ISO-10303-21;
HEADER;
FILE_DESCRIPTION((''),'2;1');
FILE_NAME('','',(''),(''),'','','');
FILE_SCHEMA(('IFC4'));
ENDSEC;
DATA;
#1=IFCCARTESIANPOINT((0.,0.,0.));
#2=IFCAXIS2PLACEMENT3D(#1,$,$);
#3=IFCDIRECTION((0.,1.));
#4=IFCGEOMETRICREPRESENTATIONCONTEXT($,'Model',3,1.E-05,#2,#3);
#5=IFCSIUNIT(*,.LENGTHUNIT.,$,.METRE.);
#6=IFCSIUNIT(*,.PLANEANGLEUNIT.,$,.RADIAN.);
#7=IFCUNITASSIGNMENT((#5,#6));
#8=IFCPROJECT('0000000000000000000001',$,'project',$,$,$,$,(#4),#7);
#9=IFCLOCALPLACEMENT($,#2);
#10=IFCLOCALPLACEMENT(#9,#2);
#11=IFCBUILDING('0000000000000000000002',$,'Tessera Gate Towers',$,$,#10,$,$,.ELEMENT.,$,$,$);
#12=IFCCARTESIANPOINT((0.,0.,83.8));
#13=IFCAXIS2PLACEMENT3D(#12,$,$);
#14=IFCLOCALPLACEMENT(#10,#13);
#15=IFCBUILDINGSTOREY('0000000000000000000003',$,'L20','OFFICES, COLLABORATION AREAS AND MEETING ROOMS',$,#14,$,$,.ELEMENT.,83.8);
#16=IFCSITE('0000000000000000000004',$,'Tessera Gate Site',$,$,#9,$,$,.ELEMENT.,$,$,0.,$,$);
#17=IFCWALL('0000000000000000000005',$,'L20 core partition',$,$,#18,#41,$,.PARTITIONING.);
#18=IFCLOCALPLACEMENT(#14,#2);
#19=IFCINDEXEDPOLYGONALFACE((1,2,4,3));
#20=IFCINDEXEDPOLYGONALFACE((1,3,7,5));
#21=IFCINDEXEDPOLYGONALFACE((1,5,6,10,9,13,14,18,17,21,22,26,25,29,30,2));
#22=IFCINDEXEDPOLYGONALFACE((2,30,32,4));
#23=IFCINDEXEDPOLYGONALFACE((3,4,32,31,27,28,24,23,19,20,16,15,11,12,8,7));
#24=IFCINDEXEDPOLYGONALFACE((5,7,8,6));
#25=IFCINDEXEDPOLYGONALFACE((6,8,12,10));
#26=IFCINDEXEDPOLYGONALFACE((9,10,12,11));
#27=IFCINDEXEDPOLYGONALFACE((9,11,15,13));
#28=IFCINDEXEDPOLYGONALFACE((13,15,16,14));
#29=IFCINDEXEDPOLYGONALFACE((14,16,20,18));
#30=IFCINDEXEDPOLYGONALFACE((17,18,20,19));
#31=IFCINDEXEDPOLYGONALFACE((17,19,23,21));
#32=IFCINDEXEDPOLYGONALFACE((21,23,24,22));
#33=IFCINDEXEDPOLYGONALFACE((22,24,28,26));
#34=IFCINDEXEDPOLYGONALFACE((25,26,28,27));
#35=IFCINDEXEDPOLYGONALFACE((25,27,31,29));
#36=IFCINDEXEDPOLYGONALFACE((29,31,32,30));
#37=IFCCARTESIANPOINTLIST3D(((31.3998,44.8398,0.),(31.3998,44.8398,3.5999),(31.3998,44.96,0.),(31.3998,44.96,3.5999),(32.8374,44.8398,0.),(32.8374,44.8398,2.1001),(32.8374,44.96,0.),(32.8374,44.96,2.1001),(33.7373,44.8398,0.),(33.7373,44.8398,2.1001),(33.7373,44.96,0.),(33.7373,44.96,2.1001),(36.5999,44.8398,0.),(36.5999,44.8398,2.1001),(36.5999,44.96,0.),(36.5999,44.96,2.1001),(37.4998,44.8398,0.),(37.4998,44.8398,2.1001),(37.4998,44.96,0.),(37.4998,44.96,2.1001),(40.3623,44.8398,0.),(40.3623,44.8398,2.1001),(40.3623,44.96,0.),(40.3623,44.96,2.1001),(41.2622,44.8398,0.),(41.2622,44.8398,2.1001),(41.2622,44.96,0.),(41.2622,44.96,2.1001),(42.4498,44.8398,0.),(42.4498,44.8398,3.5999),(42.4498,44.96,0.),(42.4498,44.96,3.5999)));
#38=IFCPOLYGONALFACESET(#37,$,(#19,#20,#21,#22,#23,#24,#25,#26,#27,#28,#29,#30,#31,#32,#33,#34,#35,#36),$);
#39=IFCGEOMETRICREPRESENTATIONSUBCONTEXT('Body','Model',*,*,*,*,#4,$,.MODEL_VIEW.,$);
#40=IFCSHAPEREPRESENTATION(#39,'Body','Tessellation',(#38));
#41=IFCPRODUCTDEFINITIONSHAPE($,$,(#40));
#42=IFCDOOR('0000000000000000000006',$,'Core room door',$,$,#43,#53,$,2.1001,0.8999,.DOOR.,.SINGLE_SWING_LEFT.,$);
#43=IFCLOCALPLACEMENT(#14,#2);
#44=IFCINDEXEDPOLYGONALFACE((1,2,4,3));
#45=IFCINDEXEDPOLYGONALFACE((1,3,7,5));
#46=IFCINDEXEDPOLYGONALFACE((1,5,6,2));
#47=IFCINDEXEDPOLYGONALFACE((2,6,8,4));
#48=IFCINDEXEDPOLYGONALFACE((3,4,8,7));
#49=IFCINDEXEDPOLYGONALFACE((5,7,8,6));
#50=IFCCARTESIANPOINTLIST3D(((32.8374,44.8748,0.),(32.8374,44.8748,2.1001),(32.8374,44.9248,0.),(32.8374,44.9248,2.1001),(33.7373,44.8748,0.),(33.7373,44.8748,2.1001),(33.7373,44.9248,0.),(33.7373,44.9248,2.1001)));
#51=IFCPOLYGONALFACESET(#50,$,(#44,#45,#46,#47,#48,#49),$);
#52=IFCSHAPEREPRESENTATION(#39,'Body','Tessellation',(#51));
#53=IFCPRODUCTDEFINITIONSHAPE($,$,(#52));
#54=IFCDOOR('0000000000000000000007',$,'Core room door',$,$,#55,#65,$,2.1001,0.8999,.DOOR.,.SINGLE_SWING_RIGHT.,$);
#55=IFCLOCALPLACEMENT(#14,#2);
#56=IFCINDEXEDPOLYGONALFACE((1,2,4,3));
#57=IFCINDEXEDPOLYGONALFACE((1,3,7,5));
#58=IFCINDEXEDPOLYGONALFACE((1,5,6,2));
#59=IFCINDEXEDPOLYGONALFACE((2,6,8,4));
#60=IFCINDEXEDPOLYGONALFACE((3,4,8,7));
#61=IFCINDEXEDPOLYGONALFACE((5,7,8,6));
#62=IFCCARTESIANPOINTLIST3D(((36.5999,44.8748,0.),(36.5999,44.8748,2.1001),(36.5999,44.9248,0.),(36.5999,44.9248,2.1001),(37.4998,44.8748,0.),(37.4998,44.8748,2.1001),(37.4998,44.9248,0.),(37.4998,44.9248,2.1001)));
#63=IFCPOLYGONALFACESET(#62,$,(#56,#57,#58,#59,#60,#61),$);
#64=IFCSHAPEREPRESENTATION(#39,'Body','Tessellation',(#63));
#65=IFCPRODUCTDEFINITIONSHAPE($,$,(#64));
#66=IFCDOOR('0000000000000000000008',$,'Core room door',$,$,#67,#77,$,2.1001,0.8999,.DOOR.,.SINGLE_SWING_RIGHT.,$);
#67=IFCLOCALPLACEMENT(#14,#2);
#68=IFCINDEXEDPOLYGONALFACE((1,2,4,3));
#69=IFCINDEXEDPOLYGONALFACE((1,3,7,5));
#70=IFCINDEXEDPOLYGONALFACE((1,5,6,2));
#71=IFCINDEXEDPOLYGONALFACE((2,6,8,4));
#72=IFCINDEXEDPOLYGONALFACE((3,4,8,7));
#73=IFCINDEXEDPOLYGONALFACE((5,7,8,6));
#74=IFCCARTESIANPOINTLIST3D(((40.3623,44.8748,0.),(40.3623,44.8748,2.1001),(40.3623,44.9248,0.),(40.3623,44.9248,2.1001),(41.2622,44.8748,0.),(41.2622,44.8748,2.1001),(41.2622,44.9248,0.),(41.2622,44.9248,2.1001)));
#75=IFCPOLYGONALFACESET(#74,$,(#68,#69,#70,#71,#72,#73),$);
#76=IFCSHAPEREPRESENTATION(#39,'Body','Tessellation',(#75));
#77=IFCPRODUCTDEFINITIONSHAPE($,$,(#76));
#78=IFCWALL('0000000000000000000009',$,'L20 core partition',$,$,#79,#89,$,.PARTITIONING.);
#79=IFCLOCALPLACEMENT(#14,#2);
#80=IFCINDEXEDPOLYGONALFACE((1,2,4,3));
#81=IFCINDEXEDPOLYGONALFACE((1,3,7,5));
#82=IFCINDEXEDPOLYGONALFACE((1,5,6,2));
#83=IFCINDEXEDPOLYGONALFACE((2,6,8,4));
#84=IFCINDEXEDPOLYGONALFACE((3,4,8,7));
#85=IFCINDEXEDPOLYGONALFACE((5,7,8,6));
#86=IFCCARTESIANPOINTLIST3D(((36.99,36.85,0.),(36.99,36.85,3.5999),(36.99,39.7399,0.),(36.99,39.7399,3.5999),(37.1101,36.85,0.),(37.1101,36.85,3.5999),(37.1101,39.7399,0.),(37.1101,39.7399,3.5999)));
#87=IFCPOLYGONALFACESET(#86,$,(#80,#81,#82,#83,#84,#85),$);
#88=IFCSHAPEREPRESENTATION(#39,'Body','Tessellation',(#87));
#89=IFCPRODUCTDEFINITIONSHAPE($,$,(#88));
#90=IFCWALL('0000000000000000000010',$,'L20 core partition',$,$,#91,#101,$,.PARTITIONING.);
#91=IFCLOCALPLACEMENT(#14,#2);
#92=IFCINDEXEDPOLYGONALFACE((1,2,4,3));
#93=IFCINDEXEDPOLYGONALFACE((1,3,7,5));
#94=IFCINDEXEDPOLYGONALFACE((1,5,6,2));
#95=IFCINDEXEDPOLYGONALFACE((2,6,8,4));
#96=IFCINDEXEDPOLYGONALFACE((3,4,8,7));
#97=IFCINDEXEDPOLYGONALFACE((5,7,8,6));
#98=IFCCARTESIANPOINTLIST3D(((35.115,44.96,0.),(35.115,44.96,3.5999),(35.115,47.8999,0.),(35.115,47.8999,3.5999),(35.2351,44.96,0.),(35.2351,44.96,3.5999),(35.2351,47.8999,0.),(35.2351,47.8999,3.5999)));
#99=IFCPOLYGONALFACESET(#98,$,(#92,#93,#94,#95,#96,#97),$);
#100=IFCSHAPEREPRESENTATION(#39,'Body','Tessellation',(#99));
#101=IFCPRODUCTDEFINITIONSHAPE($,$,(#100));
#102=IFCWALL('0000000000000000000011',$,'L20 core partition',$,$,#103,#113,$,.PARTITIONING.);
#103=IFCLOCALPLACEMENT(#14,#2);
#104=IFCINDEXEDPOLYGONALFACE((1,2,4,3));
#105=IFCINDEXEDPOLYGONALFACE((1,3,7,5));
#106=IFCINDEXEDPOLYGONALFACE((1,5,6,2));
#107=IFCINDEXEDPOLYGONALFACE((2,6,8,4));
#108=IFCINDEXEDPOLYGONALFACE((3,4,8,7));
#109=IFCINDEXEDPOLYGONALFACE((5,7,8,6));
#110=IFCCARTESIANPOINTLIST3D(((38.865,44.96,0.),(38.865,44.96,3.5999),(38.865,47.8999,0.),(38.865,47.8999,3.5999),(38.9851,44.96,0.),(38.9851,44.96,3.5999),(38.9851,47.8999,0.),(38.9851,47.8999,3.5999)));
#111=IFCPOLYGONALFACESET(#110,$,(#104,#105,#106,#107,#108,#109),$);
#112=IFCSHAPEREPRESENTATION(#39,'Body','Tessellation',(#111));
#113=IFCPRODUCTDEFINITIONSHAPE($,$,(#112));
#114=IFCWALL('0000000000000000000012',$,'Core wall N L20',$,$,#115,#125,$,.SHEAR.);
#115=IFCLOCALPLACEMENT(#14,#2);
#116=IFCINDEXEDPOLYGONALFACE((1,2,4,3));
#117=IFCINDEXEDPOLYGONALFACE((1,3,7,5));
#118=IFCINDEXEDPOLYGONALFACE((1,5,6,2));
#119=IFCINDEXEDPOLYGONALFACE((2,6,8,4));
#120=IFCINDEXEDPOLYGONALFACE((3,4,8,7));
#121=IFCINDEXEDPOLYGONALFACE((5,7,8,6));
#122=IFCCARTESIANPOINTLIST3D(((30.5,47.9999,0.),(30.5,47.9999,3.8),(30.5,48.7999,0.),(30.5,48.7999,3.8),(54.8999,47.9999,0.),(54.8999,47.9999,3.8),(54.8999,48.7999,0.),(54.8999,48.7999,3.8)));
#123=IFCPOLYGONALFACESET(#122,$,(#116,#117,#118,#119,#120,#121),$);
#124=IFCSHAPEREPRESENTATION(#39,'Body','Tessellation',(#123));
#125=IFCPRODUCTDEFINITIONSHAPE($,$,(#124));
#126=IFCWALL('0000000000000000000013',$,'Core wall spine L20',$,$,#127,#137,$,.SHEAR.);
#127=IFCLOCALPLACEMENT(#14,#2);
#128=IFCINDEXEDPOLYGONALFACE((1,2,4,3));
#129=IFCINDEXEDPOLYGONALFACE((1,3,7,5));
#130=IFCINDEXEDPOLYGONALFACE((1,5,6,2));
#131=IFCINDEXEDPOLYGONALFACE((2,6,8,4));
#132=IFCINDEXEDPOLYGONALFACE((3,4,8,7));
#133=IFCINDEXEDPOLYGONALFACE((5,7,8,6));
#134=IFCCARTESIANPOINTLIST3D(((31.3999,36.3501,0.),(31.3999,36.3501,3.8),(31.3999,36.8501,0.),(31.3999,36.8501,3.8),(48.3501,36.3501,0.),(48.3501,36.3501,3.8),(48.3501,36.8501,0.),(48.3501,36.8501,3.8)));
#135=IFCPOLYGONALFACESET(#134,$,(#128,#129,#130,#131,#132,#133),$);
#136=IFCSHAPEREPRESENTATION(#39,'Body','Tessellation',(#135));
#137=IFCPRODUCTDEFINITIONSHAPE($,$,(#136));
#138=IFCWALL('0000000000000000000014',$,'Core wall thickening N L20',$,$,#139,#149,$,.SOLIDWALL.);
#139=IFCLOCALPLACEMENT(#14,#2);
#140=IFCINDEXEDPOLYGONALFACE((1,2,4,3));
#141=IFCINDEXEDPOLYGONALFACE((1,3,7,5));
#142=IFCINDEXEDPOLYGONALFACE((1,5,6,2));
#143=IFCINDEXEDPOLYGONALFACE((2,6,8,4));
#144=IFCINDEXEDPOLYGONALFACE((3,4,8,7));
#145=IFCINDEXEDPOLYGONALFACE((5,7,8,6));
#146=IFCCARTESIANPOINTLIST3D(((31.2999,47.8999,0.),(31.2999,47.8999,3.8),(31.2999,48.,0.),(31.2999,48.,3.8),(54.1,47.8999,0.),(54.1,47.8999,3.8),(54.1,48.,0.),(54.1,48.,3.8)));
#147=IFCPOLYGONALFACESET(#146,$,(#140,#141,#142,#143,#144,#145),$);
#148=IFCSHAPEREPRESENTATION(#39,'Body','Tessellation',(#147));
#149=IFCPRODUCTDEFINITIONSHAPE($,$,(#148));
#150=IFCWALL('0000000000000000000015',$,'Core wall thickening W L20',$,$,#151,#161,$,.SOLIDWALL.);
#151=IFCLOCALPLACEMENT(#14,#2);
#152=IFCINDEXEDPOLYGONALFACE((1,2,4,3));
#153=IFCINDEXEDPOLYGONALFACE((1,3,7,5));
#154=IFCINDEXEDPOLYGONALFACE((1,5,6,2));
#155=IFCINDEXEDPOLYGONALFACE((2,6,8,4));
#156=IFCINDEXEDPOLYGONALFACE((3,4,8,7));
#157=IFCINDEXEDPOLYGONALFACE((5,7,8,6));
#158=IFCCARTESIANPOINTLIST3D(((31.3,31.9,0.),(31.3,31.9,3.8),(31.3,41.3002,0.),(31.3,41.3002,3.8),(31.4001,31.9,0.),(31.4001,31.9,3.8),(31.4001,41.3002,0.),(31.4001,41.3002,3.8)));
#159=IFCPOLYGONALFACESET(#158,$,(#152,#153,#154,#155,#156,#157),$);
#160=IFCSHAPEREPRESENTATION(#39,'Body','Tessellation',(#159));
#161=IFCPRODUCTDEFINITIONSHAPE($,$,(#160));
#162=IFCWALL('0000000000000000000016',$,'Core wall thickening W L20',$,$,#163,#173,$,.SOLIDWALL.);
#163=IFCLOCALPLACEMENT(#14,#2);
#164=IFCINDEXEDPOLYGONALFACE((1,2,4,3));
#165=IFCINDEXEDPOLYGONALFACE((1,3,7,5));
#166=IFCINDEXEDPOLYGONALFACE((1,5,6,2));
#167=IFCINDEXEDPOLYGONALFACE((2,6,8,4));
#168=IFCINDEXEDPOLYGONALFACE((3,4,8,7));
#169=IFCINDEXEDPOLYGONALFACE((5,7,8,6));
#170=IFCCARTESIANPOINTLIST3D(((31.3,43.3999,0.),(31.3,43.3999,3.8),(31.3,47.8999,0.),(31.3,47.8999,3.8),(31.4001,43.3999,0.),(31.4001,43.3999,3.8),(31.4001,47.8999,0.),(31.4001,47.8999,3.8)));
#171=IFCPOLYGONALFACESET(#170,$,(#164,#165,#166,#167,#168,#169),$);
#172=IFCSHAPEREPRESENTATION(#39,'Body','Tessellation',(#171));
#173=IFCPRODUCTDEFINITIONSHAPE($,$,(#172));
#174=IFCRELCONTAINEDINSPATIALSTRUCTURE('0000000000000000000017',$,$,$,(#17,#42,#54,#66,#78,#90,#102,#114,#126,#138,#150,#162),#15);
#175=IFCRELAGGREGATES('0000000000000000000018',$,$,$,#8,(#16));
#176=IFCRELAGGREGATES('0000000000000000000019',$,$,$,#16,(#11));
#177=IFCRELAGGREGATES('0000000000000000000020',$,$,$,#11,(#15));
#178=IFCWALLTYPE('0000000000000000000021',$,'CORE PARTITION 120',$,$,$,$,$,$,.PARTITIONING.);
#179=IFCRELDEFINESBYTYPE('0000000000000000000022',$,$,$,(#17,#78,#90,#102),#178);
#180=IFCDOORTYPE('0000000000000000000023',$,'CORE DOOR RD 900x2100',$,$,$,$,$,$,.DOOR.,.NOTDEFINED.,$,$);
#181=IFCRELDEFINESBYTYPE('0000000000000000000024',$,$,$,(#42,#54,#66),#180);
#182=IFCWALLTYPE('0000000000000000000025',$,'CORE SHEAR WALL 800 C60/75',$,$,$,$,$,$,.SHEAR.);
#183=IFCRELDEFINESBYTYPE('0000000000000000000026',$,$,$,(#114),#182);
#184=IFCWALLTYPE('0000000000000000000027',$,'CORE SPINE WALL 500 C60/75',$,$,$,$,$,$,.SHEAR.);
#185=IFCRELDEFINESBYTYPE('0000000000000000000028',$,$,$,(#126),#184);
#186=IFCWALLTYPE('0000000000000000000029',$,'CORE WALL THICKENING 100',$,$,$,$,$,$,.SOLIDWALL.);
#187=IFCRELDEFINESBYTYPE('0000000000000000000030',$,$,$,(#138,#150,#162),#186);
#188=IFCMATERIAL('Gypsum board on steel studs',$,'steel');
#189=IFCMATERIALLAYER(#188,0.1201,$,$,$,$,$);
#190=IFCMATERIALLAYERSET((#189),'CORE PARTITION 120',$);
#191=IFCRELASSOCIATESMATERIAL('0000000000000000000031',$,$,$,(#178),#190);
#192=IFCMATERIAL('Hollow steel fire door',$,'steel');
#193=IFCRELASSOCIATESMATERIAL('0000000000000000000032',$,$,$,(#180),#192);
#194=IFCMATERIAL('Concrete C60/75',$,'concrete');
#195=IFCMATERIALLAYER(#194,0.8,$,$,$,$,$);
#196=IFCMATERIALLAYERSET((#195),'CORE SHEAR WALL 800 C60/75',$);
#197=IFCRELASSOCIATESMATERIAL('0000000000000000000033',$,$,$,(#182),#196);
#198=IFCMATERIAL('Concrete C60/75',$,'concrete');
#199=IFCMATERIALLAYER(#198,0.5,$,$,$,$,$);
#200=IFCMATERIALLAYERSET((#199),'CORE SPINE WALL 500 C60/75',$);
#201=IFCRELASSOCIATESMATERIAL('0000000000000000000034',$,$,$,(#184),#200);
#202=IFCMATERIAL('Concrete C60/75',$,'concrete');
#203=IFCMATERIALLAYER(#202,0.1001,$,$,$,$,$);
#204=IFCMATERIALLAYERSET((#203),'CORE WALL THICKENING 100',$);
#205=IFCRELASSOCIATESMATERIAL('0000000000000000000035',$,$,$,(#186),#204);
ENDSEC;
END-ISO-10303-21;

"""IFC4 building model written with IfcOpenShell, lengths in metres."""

from ifc_helpers import new_model, si_unit, direction, frame, frame_2d, origin, place, context, subcontext, project, spatial, rectangle, extrude, source, transform, mapped, material, layer, layer_set, type_object, element, fill, save


model = new_model("IFC4")

# Units and contexts
model_context = context("Model", 3, precision=1e-05, world=origin(), true_north=direction((0.0, 1.0)))
body_context = subcontext(model_context, "Body", "Model", "MODEL_VIEW")
ifc_project = project(units=[si_unit("LENGTHUNIT", "METRE"), si_unit("PLANEANGLEUNIT", "RADIAN")], contexts=[model_context])

# Site, building, storey
site_placement = place(None, origin())
site = spatial("IfcSite", under=ifc_project, at=site_placement, Name="Tessera Gate Site", CompositionType="ELEMENT", RefElevation=0.0)
building_placement = place(site_placement, origin())
building = spatial("IfcBuilding", under=site, at=building_placement, Name="Tessera Gate Towers", CompositionType="ELEMENT")
storey_placement = place(building_placement, frame((0.0, 0.0, 83.8)))
storey = spatial("IfcBuildingStorey", under=building, at=storey_placement, Name="L20", Description="OFFICES, COLLABORATION AREAS AND MEETING ROOMS", CompositionType="ELEMENT", Elevation=83.8)

# Wall, openings, doors
ifc_material_1 = material(Name="Gypsum board on steel studs", Category="steel")
ifc_layer_1 = layer(ifc_material_1, 0.1201)
ifc_layer_set_1 = layer_set([ifc_layer_1], Name="CORE PARTITION 120")
wall_type_1 = type_object("IfcWallType", Name="CORE PARTITION 120", PredefinedType="PARTITIONING", material=ifc_layer_set_1)
wall_1_placement = place(storey_placement, frame((31.3999, 44.8999, 0.0), z_axis=(0.0, 0.0, 1.0), x_axis=(1.0, 0.0, 0.0)))
wall_1 = element("IfcWall", 1, at=wall_1_placement, inside=storey, type_object=wall_type_1, Name="L20 core partition", PredefinedType="PARTITIONING", context=body_context, shape_type="SweptSolid", body=[
    extrude(rectangle(XDim=11.05, YDim=0.1201, at=frame_2d((5.5249, 0.0))), origin(), (0.0, 0.0, 1.0), 3.5999),
])
shared_shape_1 = source(origin(), body_context, "Body", "SweptSolid", [
    extrude(rectangle(XDim=0.8999, YDim=2.1001, at=frame_2d((0.45, 1.05))), frame((0.0, 0.0701, 0.0), z_axis=(0.0, -1.0, 0.0), x_axis=(1.0, 0.0, 0.0)), (0.0, 0.0, 1.0), 0.1401),
])
opening_1_placement = place(wall_1_placement, frame((1.4375, 0.0, 0.0)))
opening_1 = element("IfcOpeningElement", 2, at=opening_1_placement, cuts=wall_1, PredefinedType="OPENING", context=body_context, shape_type="MappedRepresentation", body=[
    mapped(shared_shape_1, transform((0.0, 0.0, 0.0), scale=1.0)),
])
opening_2_placement = place(wall_1_placement, frame((5.2, 0.0, 0.0)))
opening_2 = element("IfcOpeningElement", 3, at=opening_2_placement, cuts=wall_1, PredefinedType="OPENING", context=body_context, shape_type="MappedRepresentation", body=[
    mapped(shared_shape_1, transform((0.0, 0.0, 0.0), scale=1.0)),
])
opening_3_placement = place(wall_1_placement, frame((8.9624, 0.0, 0.0)))
opening_3 = element("IfcOpeningElement", 4, at=opening_3_placement, cuts=wall_1, PredefinedType="OPENING", context=body_context, shape_type="MappedRepresentation", body=[
    mapped(shared_shape_1, transform((0.0, 0.0, 0.0), scale=1.0)),
])
ifc_material_2 = material(Name="Hollow steel fire door", Category="steel")
door_type_1 = type_object("IfcDoorType", Name="CORE DOOR RD 900x2100", OperationType="NOTDEFINED", PredefinedType="DOOR", material=ifc_material_2)
shared_shape_2 = source(origin(), body_context, "Body", "SweptSolid", [
    extrude(rectangle(XDim=0.8999, YDim=2.1001, at=frame_2d((0.45, 1.05))), frame((0.0, 0.0249, 0.0), z_axis=(0.0, -1.0, 0.0), x_axis=(1.0, 0.0, 0.0)), (0.0, 0.0, 1.0), 0.05),
])
door_1_placement = place(opening_1_placement, origin())
door_1 = element("IfcDoor", 5, at=door_1_placement, inside=storey, type_object=door_type_1, Name="Core room door", OperationType="SINGLE_SWING_LEFT", OverallHeight=2.1001, OverallWidth=0.8999, PredefinedType="DOOR", context=body_context, shape_type="MappedRepresentation", body=[
    mapped(shared_shape_2, transform((0.0, 0.0, 0.0), scale=1.0)),
])
fill(opening_1, door_1)
door_2_placement = place(opening_2_placement, origin())
door_2 = element("IfcDoor", 6, at=door_2_placement, inside=storey, type_object=door_type_1, Name="Core room door", OperationType="SINGLE_SWING_RIGHT", OverallHeight=2.1001, OverallWidth=0.8999, PredefinedType="DOOR", context=body_context, shape_type="MappedRepresentation", body=[
    mapped(shared_shape_2, transform((0.0, 0.0, 0.0), scale=1.0)),
])
fill(opening_2, door_2)
door_3_placement = place(opening_3_placement, origin())
door_3 = element("IfcDoor", 7, at=door_3_placement, inside=storey, type_object=door_type_1, Name="Core room door", OperationType="SINGLE_SWING_RIGHT", OverallHeight=2.1001, OverallWidth=0.8999, PredefinedType="DOOR", context=body_context, shape_type="MappedRepresentation", body=[
    mapped(shared_shape_2, transform((0.0, 0.0, 0.0), scale=1.0)),
])
fill(opening_3, door_3)

# Walls
wall_2_placement = place(storey_placement, frame((37.05, 36.8501, 0.0), z_axis=(0.0, 0.0, 1.0), x_axis=(0.0, 1.0, 0.0)))
element("IfcWall", 8, at=wall_2_placement, inside=storey, type_object=wall_type_1, Name="L20 core partition", PredefinedType="PARTITIONING", context=body_context, shape_type="SweptSolid", body=[
    extrude(rectangle(XDim=2.8899, YDim=0.1201, at=frame_2d((1.4448, 0.0))), origin(), (0.0, 0.0, 1.0), 3.5999),
])
for number, where, z_axis, x_axis, name in (
    (9, (35.175, 44.96, 0.0), (0.0, 0.0, 1.0), (0.0, 1.0, 0.0), "L20 core partition"),
    (10, (38.925, 44.96, 0.0), (0.0, 0.0, 1.0), (0.0, 1.0, 0.0), "L20 core partition"),
):
    element("IfcWall", number, at=place(storey_placement, frame(where, z_axis=z_axis, x_axis=x_axis)), inside=storey, type_object=wall_type_1, Name=name, PredefinedType="PARTITIONING", context=body_context, shape_type="SweptSolid", body=[
        extrude(rectangle(XDim=2.9399, YDim=0.1201, at=frame_2d((1.47, 0.0))), origin(), (0.0, 0.0, 1.0), 3.5999),
    ])
ifc_material_3 = material(Name="Concrete C60/75", Category="concrete")
ifc_layer_2 = layer(ifc_material_3, 0.8)
ifc_layer_set_2 = layer_set([ifc_layer_2], Name="CORE SHEAR WALL 800 C60/75")
wall_type_2 = type_object("IfcWallType", Name="CORE SHEAR WALL 800 C60/75", PredefinedType="SHEAR", material=ifc_layer_set_2)
wall_3_placement = place(storey_placement, frame((30.5, 48.3999, 0.0), z_axis=(0.0, 0.0, 1.0), x_axis=(1.0, 0.0, 0.0)))
element("IfcWall", 11, at=wall_3_placement, inside=storey, type_object=wall_type_2, Name="Core wall N L20", PredefinedType="SHEAR", context=body_context, shape_type="SweptSolid", body=[
    extrude(rectangle(XDim=24.3999, YDim=0.8, at=frame_2d((12.2, 0.0))), origin(), (0.0, 0.0, 1.0), 3.8),
])
ifc_material_4 = material(Name="Concrete C60/75", Category="concrete")
ifc_layer_3 = layer(ifc_material_4, 0.5)
ifc_layer_set_3 = layer_set([ifc_layer_3], Name="CORE SPINE WALL 500 C60/75")
wall_type_3 = type_object("IfcWallType", Name="CORE SPINE WALL 500 C60/75", PredefinedType="SHEAR", material=ifc_layer_set_3)
wall_4_placement = place(storey_placement, frame((31.3999, 36.6001, 0.0), z_axis=(0.0, 0.0, 1.0), x_axis=(1.0, 0.0, 0.0)))
element("IfcWall", 12, at=wall_4_placement, inside=storey, type_object=wall_type_3, Name="Core wall spine L20", PredefinedType="SHEAR", context=body_context, shape_type="SweptSolid", body=[
    extrude(rectangle(XDim=16.9502, YDim=0.5, at=frame_2d((8.4751, 0.0))), origin(), (0.0, 0.0, 1.0), 3.8),
])
ifc_material_5 = material(Name="Concrete C60/75", Category="concrete")
ifc_layer_4 = layer(ifc_material_5, 0.1001)
ifc_layer_set_4 = layer_set([ifc_layer_4], Name="CORE WALL THICKENING 100")
wall_type_4 = type_object("IfcWallType", Name="CORE WALL THICKENING 100", PredefinedType="SOLIDWALL", material=ifc_layer_set_4)
wall_5_placement = place(storey_placement, frame((31.3, 47.95, 0.0), z_axis=(0.0, 0.0, 1.0), x_axis=(1.0, 0.0, 0.0)))
element("IfcWall", 13, at=wall_5_placement, inside=storey, type_object=wall_type_4, Name="Core wall thickening N L20", PredefinedType="SOLIDWALL", context=body_context, shape_type="SweptSolid", body=[
    extrude(rectangle(XDim=22.8, YDim=0.1001, at=frame_2d((11.3999, 0.0))), origin(), (0.0, 0.0, 1.0), 3.8),
])
wall_6_placement = place(storey_placement, frame((31.3501, 31.8999, 0.0), z_axis=(0.0, 0.0, 1.0), x_axis=(0.0, 1.0, 0.0)))
element("IfcWall", 14, at=wall_6_placement, inside=storey, type_object=wall_type_4, Name="Core wall thickening W L20", PredefinedType="SOLIDWALL", context=body_context, shape_type="SweptSolid", body=[
    extrude(rectangle(XDim=9.4001, YDim=0.1001, at=frame_2d((4.7002, 0.0))), origin(), (0.0, 0.0, 1.0), 3.8),
])
wall_7_placement = place(storey_placement, frame((31.3501, 43.3999, 0.0), z_axis=(0.0, 0.0, 1.0), x_axis=(0.0, 1.0, 0.0)))
element("IfcWall", 15, at=wall_7_placement, inside=storey, type_object=wall_type_4, Name="Core wall thickening W L20", PredefinedType="SOLIDWALL", context=body_context, shape_type="SweptSolid", body=[
    extrude(rectangle(XDim=4.5, YDim=0.1001, at=frame_2d((2.25, 0.0))), origin(), (0.0, 0.0, 1.0), 3.8),
])

save(model, "model.ifc")
